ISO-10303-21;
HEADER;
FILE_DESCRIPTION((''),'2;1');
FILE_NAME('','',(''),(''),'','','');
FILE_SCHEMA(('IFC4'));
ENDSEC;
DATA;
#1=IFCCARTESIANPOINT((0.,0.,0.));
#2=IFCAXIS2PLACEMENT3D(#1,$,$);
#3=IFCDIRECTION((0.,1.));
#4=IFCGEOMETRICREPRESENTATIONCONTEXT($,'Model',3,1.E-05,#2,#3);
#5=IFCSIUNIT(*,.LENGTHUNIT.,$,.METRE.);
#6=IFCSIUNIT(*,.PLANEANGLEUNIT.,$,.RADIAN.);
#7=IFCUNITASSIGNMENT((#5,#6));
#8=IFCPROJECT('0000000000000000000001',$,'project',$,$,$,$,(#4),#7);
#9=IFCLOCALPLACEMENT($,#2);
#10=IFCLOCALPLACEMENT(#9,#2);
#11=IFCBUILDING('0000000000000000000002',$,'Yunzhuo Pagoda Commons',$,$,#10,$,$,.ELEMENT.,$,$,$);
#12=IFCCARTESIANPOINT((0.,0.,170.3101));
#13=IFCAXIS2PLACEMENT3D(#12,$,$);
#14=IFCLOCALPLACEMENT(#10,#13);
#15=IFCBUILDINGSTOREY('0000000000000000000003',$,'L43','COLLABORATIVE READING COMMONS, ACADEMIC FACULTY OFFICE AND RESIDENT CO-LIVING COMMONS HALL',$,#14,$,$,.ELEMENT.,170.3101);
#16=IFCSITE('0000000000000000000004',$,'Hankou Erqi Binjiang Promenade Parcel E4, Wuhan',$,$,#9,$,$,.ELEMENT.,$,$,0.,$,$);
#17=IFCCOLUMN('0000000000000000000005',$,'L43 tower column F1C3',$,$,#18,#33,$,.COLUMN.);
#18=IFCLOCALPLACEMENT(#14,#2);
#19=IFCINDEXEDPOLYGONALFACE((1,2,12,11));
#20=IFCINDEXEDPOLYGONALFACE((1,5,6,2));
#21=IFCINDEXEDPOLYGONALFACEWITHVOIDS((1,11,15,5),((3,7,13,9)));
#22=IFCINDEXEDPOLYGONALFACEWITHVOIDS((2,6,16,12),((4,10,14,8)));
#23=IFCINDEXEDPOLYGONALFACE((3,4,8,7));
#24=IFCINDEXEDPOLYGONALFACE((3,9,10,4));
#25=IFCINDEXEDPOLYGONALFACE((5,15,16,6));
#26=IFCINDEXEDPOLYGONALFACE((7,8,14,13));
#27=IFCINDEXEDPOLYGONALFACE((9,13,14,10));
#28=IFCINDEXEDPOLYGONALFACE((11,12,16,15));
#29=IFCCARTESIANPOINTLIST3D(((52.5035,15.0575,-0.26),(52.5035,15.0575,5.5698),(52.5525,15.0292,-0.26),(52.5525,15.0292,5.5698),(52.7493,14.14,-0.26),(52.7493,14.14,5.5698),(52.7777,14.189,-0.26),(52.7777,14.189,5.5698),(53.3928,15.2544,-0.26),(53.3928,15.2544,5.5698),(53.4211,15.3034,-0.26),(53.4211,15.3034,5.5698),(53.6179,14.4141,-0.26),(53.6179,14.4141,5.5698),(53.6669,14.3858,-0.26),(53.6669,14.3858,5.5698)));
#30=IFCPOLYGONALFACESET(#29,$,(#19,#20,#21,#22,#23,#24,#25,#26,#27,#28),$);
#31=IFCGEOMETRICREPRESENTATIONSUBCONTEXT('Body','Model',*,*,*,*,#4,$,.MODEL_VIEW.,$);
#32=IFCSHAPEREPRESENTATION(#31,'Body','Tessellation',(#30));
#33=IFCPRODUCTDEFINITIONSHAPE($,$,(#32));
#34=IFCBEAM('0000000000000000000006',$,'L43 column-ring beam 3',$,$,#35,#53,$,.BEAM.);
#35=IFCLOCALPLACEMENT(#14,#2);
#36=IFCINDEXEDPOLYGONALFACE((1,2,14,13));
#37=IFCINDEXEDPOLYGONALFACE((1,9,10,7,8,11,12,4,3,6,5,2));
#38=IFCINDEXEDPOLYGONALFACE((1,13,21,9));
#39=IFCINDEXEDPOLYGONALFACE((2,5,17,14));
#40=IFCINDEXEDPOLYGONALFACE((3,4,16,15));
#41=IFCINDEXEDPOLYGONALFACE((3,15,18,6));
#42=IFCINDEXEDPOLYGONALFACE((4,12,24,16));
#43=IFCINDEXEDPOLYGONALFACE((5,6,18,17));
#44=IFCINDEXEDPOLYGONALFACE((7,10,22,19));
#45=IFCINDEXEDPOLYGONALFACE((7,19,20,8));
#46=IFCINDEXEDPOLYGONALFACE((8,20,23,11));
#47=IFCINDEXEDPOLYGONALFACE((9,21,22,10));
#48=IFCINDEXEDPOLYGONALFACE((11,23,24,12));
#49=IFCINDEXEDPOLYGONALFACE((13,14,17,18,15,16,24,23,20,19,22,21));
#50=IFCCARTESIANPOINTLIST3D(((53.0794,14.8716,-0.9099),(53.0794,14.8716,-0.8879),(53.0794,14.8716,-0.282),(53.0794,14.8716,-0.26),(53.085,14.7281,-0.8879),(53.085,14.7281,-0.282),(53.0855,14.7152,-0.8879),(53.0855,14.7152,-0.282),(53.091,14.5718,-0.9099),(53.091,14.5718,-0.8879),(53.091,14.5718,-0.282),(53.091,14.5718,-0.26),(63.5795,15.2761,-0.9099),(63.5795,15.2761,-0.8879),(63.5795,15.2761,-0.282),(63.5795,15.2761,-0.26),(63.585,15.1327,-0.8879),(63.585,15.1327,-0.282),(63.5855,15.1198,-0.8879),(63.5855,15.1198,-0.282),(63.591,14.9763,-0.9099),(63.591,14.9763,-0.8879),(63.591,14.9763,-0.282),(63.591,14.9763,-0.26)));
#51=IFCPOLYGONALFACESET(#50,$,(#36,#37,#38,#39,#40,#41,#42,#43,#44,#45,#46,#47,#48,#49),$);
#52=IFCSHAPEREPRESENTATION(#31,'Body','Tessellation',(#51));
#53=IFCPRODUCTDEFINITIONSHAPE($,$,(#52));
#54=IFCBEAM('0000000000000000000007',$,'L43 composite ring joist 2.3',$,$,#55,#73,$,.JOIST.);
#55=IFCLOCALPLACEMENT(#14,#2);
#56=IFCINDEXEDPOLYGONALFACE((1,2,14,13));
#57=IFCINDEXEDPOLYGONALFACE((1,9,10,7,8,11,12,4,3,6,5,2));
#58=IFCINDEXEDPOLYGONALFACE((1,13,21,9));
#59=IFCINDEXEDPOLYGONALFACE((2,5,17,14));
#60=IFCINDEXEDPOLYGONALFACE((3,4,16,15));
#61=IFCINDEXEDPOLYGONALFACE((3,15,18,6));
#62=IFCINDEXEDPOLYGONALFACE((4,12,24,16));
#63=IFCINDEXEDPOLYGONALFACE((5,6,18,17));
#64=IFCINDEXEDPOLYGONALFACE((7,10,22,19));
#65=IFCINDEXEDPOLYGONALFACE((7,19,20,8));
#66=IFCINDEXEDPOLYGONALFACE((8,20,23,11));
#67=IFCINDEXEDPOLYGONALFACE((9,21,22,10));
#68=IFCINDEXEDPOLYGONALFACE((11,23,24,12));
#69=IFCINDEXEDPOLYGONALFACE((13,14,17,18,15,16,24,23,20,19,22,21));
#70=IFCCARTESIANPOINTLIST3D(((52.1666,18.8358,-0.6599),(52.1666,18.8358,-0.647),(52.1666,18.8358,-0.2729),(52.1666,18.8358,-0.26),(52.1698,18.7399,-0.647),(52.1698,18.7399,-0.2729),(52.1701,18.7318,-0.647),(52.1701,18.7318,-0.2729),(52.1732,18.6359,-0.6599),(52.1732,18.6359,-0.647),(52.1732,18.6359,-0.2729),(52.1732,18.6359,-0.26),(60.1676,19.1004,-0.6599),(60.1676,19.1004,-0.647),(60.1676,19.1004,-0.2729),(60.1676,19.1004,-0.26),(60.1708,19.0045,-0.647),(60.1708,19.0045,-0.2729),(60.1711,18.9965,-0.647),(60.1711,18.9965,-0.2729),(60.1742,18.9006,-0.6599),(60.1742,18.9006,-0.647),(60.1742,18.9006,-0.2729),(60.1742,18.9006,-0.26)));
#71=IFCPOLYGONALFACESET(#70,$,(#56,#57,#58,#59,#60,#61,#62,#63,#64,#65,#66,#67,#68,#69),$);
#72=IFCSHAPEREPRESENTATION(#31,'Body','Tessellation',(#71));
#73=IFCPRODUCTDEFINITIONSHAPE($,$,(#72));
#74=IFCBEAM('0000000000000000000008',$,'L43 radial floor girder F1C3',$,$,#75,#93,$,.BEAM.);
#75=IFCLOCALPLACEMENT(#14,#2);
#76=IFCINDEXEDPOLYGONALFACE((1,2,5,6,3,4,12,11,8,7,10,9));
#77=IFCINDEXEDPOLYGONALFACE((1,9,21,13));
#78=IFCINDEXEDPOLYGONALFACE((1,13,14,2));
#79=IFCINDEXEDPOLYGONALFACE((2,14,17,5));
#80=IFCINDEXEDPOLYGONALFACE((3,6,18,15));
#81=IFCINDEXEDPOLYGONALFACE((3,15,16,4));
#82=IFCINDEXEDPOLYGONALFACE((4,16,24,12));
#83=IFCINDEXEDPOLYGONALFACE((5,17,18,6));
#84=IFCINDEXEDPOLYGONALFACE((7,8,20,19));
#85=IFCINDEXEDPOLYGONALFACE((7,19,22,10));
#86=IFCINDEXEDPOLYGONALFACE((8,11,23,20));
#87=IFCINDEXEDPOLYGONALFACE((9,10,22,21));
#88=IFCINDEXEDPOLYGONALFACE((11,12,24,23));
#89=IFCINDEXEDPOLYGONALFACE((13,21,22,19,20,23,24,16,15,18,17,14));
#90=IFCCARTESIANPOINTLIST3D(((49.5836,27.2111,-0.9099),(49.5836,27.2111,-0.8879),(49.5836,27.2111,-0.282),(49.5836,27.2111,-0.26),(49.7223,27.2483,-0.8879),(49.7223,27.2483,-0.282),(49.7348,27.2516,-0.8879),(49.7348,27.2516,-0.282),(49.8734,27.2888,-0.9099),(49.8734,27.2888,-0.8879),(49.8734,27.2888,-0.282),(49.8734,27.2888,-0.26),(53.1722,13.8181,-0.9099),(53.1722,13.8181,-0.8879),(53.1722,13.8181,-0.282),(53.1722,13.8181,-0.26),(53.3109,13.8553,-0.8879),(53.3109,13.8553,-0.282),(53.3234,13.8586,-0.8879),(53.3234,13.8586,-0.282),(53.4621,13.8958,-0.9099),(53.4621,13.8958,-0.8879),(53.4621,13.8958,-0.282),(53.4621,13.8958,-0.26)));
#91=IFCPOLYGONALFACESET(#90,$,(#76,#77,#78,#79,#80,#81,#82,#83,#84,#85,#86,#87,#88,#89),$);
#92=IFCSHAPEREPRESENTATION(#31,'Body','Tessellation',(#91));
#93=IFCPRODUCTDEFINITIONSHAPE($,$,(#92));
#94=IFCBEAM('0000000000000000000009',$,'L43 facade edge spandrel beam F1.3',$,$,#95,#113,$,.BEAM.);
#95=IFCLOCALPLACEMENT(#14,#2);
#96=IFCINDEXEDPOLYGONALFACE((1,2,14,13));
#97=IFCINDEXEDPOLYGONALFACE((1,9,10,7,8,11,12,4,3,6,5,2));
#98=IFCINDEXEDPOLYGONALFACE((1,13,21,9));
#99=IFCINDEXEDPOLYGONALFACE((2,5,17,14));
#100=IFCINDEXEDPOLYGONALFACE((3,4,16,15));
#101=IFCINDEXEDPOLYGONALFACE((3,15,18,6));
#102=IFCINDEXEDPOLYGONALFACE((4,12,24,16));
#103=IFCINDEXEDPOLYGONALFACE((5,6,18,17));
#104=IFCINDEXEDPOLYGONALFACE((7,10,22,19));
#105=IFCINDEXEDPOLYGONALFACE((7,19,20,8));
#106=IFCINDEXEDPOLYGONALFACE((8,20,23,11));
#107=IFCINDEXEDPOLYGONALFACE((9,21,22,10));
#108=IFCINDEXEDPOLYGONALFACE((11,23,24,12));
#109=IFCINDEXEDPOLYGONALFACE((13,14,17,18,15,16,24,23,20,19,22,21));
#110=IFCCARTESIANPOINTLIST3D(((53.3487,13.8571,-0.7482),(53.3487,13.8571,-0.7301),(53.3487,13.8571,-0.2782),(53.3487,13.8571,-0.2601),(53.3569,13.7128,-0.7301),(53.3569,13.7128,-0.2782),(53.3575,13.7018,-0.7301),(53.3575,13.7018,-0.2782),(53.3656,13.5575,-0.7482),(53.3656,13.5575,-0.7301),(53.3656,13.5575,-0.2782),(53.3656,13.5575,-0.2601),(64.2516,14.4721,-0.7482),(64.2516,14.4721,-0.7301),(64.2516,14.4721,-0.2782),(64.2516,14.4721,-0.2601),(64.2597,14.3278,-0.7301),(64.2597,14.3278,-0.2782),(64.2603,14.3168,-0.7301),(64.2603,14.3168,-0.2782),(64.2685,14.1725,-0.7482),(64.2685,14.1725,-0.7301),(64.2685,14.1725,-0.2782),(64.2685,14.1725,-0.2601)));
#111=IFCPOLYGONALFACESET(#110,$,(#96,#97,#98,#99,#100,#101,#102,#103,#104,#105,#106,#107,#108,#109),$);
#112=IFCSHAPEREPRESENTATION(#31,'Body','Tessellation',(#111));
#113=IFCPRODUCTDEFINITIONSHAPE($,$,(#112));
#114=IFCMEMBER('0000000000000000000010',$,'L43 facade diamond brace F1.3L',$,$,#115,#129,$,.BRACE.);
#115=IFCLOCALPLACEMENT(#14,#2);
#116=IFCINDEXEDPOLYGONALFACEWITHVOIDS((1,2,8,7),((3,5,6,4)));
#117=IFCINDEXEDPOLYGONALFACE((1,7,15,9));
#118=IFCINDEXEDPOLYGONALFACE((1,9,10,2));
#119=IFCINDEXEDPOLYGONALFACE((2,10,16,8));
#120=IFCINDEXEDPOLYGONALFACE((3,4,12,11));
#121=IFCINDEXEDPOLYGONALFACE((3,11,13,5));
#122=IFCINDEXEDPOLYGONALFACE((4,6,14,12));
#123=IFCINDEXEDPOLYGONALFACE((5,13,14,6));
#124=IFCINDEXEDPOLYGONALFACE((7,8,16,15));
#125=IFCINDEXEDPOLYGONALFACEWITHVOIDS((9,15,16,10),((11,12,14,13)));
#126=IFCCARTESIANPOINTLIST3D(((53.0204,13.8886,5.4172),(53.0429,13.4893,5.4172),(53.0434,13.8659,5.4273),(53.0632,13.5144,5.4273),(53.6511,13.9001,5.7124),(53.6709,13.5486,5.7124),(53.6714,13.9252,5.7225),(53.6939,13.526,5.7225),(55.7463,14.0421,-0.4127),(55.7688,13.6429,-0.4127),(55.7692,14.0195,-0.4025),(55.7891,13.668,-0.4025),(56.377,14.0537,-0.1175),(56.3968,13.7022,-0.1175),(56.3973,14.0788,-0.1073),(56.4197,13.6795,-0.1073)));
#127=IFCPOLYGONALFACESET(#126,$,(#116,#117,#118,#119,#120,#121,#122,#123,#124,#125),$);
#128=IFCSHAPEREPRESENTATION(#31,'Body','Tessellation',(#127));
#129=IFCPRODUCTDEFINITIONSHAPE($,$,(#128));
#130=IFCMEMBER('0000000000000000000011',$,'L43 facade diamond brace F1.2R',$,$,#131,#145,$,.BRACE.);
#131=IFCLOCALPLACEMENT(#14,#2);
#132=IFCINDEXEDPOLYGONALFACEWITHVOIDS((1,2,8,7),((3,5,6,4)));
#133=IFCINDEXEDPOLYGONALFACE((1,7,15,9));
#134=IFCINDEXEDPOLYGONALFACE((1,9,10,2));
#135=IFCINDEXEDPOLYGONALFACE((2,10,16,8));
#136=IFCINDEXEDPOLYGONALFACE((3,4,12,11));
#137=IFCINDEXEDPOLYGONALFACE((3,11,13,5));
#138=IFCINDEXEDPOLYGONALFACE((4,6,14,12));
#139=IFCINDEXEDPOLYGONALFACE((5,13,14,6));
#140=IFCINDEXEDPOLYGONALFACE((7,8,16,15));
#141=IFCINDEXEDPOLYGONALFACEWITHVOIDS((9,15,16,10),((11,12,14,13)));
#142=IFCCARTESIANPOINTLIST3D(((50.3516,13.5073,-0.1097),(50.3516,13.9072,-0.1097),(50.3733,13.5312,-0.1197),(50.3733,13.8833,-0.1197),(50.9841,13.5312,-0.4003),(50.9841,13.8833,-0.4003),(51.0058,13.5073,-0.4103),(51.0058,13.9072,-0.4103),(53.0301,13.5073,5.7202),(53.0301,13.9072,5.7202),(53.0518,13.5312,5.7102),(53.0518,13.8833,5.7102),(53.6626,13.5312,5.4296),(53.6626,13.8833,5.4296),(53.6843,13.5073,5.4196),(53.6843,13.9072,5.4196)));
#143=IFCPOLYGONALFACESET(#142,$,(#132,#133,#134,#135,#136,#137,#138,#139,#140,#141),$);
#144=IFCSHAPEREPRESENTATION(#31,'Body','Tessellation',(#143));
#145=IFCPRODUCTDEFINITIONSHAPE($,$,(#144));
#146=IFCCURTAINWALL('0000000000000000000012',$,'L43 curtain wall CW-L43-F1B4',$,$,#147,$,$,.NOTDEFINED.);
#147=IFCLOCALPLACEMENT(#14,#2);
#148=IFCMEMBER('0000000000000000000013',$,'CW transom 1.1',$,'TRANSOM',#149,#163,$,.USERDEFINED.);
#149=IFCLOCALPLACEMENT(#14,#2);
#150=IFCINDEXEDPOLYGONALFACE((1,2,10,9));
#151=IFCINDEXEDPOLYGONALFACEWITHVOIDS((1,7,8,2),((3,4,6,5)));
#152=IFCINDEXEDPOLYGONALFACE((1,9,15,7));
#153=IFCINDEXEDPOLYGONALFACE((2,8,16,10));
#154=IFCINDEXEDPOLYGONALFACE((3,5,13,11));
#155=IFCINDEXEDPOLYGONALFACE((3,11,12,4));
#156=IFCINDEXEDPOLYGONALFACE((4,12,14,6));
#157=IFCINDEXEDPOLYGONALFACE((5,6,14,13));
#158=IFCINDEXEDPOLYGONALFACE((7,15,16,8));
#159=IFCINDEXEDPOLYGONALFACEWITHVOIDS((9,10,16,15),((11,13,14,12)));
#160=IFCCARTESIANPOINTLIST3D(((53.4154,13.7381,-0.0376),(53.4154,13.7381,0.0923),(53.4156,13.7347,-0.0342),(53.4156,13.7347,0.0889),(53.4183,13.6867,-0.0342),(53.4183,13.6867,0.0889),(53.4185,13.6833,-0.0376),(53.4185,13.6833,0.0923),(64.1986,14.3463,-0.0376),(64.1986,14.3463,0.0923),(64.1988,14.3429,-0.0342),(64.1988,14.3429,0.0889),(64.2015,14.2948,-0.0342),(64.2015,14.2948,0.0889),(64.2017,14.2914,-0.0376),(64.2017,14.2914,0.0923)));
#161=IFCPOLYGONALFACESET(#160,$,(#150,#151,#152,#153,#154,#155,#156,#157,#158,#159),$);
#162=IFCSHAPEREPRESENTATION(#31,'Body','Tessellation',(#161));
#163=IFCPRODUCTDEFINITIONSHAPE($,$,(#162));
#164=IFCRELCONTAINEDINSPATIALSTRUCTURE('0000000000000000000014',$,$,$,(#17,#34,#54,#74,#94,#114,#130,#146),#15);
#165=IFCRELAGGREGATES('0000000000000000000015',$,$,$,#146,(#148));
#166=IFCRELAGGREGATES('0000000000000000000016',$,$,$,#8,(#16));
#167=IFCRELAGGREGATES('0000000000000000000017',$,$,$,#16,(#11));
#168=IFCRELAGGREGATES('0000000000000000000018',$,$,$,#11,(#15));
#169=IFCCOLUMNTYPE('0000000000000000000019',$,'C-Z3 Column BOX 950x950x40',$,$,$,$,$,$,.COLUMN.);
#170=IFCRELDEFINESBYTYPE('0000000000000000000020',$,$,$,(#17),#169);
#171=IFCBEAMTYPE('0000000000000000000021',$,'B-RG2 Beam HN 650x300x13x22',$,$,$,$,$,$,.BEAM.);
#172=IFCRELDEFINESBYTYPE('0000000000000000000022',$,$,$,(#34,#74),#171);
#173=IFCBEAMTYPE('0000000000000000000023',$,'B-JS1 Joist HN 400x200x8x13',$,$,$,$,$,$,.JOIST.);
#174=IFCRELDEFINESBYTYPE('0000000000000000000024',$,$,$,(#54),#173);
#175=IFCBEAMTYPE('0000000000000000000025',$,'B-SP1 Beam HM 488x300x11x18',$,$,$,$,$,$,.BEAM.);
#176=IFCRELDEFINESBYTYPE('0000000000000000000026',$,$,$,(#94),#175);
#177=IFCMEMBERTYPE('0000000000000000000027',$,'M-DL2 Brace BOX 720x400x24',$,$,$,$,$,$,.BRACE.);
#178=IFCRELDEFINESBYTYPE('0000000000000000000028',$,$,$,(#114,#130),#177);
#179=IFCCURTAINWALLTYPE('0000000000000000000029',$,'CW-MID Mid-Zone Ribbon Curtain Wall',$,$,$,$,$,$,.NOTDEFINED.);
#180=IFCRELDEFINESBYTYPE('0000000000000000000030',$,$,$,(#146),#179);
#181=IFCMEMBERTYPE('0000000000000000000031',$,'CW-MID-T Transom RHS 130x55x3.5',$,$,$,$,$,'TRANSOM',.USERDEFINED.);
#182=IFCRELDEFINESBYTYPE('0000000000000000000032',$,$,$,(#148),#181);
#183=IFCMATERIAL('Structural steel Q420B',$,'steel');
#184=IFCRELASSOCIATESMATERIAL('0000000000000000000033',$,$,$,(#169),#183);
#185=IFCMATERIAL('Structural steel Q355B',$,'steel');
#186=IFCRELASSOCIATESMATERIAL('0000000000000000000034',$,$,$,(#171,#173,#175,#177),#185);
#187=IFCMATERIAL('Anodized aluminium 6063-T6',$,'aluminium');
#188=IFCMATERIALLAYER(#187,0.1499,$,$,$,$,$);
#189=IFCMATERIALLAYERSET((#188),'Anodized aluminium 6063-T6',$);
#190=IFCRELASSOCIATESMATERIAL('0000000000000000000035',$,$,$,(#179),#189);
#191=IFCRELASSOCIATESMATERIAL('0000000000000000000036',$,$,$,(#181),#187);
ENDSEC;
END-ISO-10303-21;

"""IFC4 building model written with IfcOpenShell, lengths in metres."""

from ifc_helpers import new_model, si_unit, direction, frame, origin, origin_2d, place, context, subcontext, project, spatial, hollow_rectangle, i_section, extrude, source, transform, mapped, material, layer, layer_set, material_profile, profile_set, type_object, element, aggregate, save


model = new_model("IFC4")

# Units and contexts
model_context = context("Model", 3, precision=1e-05, world=origin(), true_north=direction((0.0, 1.0)))
body_context = subcontext(model_context, "Body", "Model", "MODEL_VIEW")
ifc_project = project(units=[si_unit("LENGTHUNIT", "METRE"), si_unit("PLANEANGLEUNIT", "RADIAN")], contexts=[model_context])

# Site, building, storey
site_placement = place(None, origin())
site = spatial("IfcSite", under=ifc_project, at=site_placement, Name="Hankou Erqi Binjiang Promenade Parcel E4, Wuhan", CompositionType="ELEMENT", RefElevation=0.0)
building_placement = place(site_placement, origin())
building = spatial("IfcBuilding", under=site, at=building_placement, Name="Yunzhuo Pagoda Commons", CompositionType="ELEMENT")
storey_placement = place(building_placement, frame((0.0, 0.0, 170.3101)))
storey = spatial("IfcBuildingStorey", under=building, at=storey_placement, Name="L43", Description="COLLABORATIVE READING COMMONS, ACADEMIC FACULTY OFFICE AND RESIDENT CO-LIVING COMMONS HALL", CompositionType="ELEMENT", Elevation=170.3101)

# Column
ifc_material_1 = material(Name="Structural steel Q420B", Category="steel")
ifc_material_profile_1 = material_profile(ifc_material_1, hollow_rectangle(XDim=0.95, YDim=0.95, WallThickness=0.04, at=origin_2d()), Name="Structural steel Q420B")
ifc_profile_set_1 = profile_set([ifc_material_profile_1], Name="Structural steel Q420B")
column_type = type_object("IfcColumnType", Name="C-Z3 Column BOX 950x950x40", PredefinedType="COLUMN", material=ifc_profile_set_1)
shared_shape_1 = source(origin(), body_context, "Body", "SweptSolid", [
    extrude(hollow_rectangle(XDim=0.95, YDim=0.95, WallThickness=0.04, at=origin_2d()), origin(), (0.0, 0.0, 1.0), 5.8298),
])
column_placement = place(storey_placement, frame((53.0852, 14.7217, -0.26), z_axis=(0.0, 0.0, 1.0), x_axis=(0.965926, 0.258819, 0.0)))
element("IfcColumn", 1, at=column_placement, inside=storey, type_object=column_type, Name="L43 tower column F1C3", PredefinedType="COLUMN", context=body_context, shape_type="MappedRepresentation", body=[
    mapped(shared_shape_1, transform((0.0, 0.0, 0.0), scale=1.0)),
])

# Beams
ifc_material_2 = material(Name="Structural steel Q355B", Category="steel")
ifc_material_profile_2 = material_profile(ifc_material_2, i_section(OverallWidth=0.3, OverallDepth=0.6499, WebThickness=0.0129, FlangeThickness=0.022, at=origin_2d()), Name="Structural steel Q355B")
ifc_profile_set_2 = profile_set([ifc_material_profile_2], Name="Structural steel Q355B")
beam_type_1 = type_object("IfcBeamType", Name="B-RG2 Beam HN 650x300x13x22", PredefinedType="BEAM", material=ifc_profile_set_2)
shared_shape_2 = source(origin(), body_context, "Body", "SweptSolid", [
    extrude(i_section(OverallWidth=0.3, OverallDepth=0.6499, WebThickness=0.0129, FlangeThickness=0.022, at=origin_2d()), origin(), (0.0, 0.0, 1.0), 10.5078),
])
beam_1_placement = place(storey_placement, frame((53.0852, 14.7217, -0.585), z_axis=(0.999259, 0.038499, 0.0), x_axis=(-0.038499, 0.999259, 0.0)))
element("IfcBeam", 2, at=beam_1_placement, inside=storey, type_object=beam_type_1, Name="L43 column-ring beam 3", PredefinedType="BEAM", context=body_context, shape_type="MappedRepresentation", body=[
    mapped(shared_shape_2, transform((0.0, 0.0, 0.0), scale=1.0)),
])
ifc_material_profile_3 = material_profile(ifc_material_2, i_section(OverallWidth=0.2, OverallDepth=0.3999, WebThickness=0.0081, FlangeThickness=0.0129, at=origin_2d()), Name="Structural steel Q355B")
ifc_profile_set_3 = profile_set([ifc_material_profile_3], Name="Structural steel Q355B")
beam_type_2 = type_object("IfcBeamType", Name="B-JS1 Joist HN 400x200x8x13", PredefinedType="JOIST", material=ifc_profile_set_3)
shared_shape_3 = source(origin(), body_context, "Body", "SweptSolid", [
    extrude(i_section(OverallWidth=0.2, OverallDepth=0.3999, WebThickness=0.0081, FlangeThickness=0.0129, at=origin_2d()), origin(), (0.0, 0.0, 1.0), 8.0054),
])
beam_2_placement = place(storey_placement, frame((52.1699, 18.7358, -0.46), z_axis=(0.999453, 0.033059, 0.0), x_axis=(-0.033059, 0.999453, 0.0)))
element("IfcBeam", 3, at=beam_2_placement, inside=storey, type_object=beam_type_2, Name="L43 composite ring joist 2.3", PredefinedType="JOIST", context=body_context, shape_type="MappedRepresentation", body=[
    mapped(shared_shape_3, transform((0.0, 0.0, 0.0), scale=1.0)),
])
shared_shape_4 = source(origin(), body_context, "Body", "SweptSolid", [
    extrude(i_section(OverallWidth=0.3, OverallDepth=0.6499, WebThickness=0.0129, FlangeThickness=0.022, at=origin_2d()), origin(), (0.0, 0.0, 1.0), 13.8655),
])
beam_3_placement = place(storey_placement, frame((53.3171, 13.8569, -0.585), z_axis=(-0.258816, 0.965927, 0.0), x_axis=(-0.965927, -0.258816, 0.0)))
element("IfcBeam", 4, at=beam_3_placement, inside=storey, type_object=beam_type_1, Name="L43 radial floor girder F1C3", PredefinedType="BEAM", context=body_context, shape_type="MappedRepresentation", body=[
    mapped(shared_shape_4, transform((0.0, 0.0, 0.0), scale=1.0)),
])
ifc_material_profile_4 = material_profile(ifc_material_2, i_section(OverallWidth=0.3, OverallDepth=0.488, WebThickness=0.011, FlangeThickness=0.0181, at=origin_2d()), Name="Structural steel Q355B")
ifc_profile_set_4 = profile_set([ifc_material_profile_4], Name="Structural steel Q355B")
beam_type_3 = type_object("IfcBeamType", Name="B-SP1 Beam HM 488x300x11x18", PredefinedType="BEAM", material=ifc_profile_set_4)
shared_shape_5 = source(origin(), body_context, "Body", "SweptSolid", [
    extrude(i_section(OverallWidth=0.3, OverallDepth=0.488, WebThickness=0.011, FlangeThickness=0.0181, at=origin_2d()), origin(), (0.0, 0.0, 1.0), 10.9202),
])
beam_4_placement = place(storey_placement, frame((53.3572, 13.7073, -0.5042), z_axis=(0.998413, 0.056317, 0.0), x_axis=(-0.056317, 0.998413, 0.0)))
element("IfcBeam", 5, at=beam_4_placement, inside=storey, type_object=beam_type_3, Name="L43 facade edge spandrel beam F1.3", PredefinedType="BEAM", context=body_context, shape_type="MappedRepresentation", body=[
    mapped(shared_shape_5, transform((0.0, 0.0, 0.0), scale=1.0)),
])

# Members
ifc_material_profile_5 = material_profile(ifc_material_2, hollow_rectangle(XDim=0.3999, YDim=0.72, WallThickness=0.0239, at=origin_2d()), Name="Structural steel Q355B")
ifc_profile_set_5 = profile_set([ifc_material_profile_5], Name="Structural steel Q355B")
member_type_1 = type_object("IfcMemberType", Name="M-DL2 Brace BOX 720x400x24", PredefinedType="BRACE", material=ifc_profile_set_5)
shared_shape_6 = source(origin(), body_context, "Body", "SweptSolid", [
    extrude(hollow_rectangle(XDim=0.3999, YDim=0.72, WallThickness=0.0239, at=origin_2d()), origin(), (0.0, 0.0, 1.0), 6.4375),
])
member_1_placement = place(storey_placement, frame((56.083, 13.8608, -0.26), z_axis=(-0.423434, -0.023855, 0.905613), x_axis=(0.056248, -0.998417, 0.0)))
element("IfcMember", 6, at=member_1_placement, inside=storey, type_object=member_type_1, Name="L43 facade diamond brace F1.3L", PredefinedType="BRACE", context=body_context, shape_type="MappedRepresentation", body=[
    mapped(shared_shape_6, transform((0.0, 0.0, 0.0), scale=1.0)),
])
shared_shape_7 = source(origin(), body_context, "Body", "SweptSolid", [
    extrude(hollow_rectangle(XDim=0.3999, YDim=0.72, WallThickness=0.0239, at=origin_2d()), origin(), (0.0, 0.0, 1.0), 6.4158),
])
member_2_placement = place(storey_placement, frame((50.6787, 13.7073, -0.26), z_axis=(0.417487, 0.0, 0.908683), x_axis=(0.0, 1.0, 0.0)))
element("IfcMember", 7, at=member_2_placement, inside=storey, type_object=member_type_1, Name="L43 facade diamond brace F1.2R", PredefinedType="BRACE", context=body_context, shape_type="MappedRepresentation", body=[
    mapped(shared_shape_7, transform((0.0, 0.0, 0.0), scale=1.0)),
])

# Curtain wall, member
ifc_material_3 = material(Name="Anodized aluminium 6063-T6", Category="aluminium")
ifc_layer_1 = layer(ifc_material_3, 0.1499)
ifc_layer_set_1 = layer_set([ifc_layer_1], Name="Anodized aluminium 6063-T6")
curtain_wall_type = type_object("IfcCurtainWallType", Name="CW-MID Mid-Zone Ribbon Curtain Wall", PredefinedType="NOTDEFINED", material=ifc_layer_set_1)
curtain_wall_1_placement = place(storey_placement, origin())
curtain_wall_1 = element("IfcCurtainWall", 8, at=curtain_wall_1_placement, inside=storey, type_object=curtain_wall_type, Name="L43 curtain wall CW-L43-F1B4", PredefinedType="NOTDEFINED")
ifc_material_profile_6 = material_profile(ifc_material_3, hollow_rectangle(XDim=0.0549, YDim=0.1299, WallThickness=0.0034, at=origin_2d()), Name="Anodized aluminium 6063-T6")
ifc_profile_set_6 = profile_set([ifc_material_profile_6], Name="Anodized aluminium 6063-T6")
member_type_2 = type_object("IfcMemberType", Name="CW-MID-T Transom RHS 130x55x3.5", ElementType="TRANSOM", PredefinedType="USERDEFINED", material=ifc_profile_set_6)
shared_shape_8 = source(origin(), body_context, "Body", "SweptSolid", [
    extrude(hollow_rectangle(XDim=0.0549, YDim=0.1299, WallThickness=0.0034, at=origin_2d()), origin(), (0.0, 0.0, 1.0), 10.8003),
])
member_3_placement = place(storey_placement, frame((53.417, 13.7107, 0.0273), z_axis=(0.998413, 0.056309, 0.0), x_axis=(-0.056309, 0.998413, 0.0)))
member_3 = element("IfcMember", 9, at=member_3_placement, type_object=member_type_2, Name="CW transom 1.1", ObjectType="TRANSOM", PredefinedType="USERDEFINED", context=body_context, shape_type="MappedRepresentation", body=[
    mapped(shared_shape_8, transform((0.0, 0.0, 0.0), scale=1.0)),
])

aggregate(curtain_wall_1, [member_3])

save(model, "model.ifc")
